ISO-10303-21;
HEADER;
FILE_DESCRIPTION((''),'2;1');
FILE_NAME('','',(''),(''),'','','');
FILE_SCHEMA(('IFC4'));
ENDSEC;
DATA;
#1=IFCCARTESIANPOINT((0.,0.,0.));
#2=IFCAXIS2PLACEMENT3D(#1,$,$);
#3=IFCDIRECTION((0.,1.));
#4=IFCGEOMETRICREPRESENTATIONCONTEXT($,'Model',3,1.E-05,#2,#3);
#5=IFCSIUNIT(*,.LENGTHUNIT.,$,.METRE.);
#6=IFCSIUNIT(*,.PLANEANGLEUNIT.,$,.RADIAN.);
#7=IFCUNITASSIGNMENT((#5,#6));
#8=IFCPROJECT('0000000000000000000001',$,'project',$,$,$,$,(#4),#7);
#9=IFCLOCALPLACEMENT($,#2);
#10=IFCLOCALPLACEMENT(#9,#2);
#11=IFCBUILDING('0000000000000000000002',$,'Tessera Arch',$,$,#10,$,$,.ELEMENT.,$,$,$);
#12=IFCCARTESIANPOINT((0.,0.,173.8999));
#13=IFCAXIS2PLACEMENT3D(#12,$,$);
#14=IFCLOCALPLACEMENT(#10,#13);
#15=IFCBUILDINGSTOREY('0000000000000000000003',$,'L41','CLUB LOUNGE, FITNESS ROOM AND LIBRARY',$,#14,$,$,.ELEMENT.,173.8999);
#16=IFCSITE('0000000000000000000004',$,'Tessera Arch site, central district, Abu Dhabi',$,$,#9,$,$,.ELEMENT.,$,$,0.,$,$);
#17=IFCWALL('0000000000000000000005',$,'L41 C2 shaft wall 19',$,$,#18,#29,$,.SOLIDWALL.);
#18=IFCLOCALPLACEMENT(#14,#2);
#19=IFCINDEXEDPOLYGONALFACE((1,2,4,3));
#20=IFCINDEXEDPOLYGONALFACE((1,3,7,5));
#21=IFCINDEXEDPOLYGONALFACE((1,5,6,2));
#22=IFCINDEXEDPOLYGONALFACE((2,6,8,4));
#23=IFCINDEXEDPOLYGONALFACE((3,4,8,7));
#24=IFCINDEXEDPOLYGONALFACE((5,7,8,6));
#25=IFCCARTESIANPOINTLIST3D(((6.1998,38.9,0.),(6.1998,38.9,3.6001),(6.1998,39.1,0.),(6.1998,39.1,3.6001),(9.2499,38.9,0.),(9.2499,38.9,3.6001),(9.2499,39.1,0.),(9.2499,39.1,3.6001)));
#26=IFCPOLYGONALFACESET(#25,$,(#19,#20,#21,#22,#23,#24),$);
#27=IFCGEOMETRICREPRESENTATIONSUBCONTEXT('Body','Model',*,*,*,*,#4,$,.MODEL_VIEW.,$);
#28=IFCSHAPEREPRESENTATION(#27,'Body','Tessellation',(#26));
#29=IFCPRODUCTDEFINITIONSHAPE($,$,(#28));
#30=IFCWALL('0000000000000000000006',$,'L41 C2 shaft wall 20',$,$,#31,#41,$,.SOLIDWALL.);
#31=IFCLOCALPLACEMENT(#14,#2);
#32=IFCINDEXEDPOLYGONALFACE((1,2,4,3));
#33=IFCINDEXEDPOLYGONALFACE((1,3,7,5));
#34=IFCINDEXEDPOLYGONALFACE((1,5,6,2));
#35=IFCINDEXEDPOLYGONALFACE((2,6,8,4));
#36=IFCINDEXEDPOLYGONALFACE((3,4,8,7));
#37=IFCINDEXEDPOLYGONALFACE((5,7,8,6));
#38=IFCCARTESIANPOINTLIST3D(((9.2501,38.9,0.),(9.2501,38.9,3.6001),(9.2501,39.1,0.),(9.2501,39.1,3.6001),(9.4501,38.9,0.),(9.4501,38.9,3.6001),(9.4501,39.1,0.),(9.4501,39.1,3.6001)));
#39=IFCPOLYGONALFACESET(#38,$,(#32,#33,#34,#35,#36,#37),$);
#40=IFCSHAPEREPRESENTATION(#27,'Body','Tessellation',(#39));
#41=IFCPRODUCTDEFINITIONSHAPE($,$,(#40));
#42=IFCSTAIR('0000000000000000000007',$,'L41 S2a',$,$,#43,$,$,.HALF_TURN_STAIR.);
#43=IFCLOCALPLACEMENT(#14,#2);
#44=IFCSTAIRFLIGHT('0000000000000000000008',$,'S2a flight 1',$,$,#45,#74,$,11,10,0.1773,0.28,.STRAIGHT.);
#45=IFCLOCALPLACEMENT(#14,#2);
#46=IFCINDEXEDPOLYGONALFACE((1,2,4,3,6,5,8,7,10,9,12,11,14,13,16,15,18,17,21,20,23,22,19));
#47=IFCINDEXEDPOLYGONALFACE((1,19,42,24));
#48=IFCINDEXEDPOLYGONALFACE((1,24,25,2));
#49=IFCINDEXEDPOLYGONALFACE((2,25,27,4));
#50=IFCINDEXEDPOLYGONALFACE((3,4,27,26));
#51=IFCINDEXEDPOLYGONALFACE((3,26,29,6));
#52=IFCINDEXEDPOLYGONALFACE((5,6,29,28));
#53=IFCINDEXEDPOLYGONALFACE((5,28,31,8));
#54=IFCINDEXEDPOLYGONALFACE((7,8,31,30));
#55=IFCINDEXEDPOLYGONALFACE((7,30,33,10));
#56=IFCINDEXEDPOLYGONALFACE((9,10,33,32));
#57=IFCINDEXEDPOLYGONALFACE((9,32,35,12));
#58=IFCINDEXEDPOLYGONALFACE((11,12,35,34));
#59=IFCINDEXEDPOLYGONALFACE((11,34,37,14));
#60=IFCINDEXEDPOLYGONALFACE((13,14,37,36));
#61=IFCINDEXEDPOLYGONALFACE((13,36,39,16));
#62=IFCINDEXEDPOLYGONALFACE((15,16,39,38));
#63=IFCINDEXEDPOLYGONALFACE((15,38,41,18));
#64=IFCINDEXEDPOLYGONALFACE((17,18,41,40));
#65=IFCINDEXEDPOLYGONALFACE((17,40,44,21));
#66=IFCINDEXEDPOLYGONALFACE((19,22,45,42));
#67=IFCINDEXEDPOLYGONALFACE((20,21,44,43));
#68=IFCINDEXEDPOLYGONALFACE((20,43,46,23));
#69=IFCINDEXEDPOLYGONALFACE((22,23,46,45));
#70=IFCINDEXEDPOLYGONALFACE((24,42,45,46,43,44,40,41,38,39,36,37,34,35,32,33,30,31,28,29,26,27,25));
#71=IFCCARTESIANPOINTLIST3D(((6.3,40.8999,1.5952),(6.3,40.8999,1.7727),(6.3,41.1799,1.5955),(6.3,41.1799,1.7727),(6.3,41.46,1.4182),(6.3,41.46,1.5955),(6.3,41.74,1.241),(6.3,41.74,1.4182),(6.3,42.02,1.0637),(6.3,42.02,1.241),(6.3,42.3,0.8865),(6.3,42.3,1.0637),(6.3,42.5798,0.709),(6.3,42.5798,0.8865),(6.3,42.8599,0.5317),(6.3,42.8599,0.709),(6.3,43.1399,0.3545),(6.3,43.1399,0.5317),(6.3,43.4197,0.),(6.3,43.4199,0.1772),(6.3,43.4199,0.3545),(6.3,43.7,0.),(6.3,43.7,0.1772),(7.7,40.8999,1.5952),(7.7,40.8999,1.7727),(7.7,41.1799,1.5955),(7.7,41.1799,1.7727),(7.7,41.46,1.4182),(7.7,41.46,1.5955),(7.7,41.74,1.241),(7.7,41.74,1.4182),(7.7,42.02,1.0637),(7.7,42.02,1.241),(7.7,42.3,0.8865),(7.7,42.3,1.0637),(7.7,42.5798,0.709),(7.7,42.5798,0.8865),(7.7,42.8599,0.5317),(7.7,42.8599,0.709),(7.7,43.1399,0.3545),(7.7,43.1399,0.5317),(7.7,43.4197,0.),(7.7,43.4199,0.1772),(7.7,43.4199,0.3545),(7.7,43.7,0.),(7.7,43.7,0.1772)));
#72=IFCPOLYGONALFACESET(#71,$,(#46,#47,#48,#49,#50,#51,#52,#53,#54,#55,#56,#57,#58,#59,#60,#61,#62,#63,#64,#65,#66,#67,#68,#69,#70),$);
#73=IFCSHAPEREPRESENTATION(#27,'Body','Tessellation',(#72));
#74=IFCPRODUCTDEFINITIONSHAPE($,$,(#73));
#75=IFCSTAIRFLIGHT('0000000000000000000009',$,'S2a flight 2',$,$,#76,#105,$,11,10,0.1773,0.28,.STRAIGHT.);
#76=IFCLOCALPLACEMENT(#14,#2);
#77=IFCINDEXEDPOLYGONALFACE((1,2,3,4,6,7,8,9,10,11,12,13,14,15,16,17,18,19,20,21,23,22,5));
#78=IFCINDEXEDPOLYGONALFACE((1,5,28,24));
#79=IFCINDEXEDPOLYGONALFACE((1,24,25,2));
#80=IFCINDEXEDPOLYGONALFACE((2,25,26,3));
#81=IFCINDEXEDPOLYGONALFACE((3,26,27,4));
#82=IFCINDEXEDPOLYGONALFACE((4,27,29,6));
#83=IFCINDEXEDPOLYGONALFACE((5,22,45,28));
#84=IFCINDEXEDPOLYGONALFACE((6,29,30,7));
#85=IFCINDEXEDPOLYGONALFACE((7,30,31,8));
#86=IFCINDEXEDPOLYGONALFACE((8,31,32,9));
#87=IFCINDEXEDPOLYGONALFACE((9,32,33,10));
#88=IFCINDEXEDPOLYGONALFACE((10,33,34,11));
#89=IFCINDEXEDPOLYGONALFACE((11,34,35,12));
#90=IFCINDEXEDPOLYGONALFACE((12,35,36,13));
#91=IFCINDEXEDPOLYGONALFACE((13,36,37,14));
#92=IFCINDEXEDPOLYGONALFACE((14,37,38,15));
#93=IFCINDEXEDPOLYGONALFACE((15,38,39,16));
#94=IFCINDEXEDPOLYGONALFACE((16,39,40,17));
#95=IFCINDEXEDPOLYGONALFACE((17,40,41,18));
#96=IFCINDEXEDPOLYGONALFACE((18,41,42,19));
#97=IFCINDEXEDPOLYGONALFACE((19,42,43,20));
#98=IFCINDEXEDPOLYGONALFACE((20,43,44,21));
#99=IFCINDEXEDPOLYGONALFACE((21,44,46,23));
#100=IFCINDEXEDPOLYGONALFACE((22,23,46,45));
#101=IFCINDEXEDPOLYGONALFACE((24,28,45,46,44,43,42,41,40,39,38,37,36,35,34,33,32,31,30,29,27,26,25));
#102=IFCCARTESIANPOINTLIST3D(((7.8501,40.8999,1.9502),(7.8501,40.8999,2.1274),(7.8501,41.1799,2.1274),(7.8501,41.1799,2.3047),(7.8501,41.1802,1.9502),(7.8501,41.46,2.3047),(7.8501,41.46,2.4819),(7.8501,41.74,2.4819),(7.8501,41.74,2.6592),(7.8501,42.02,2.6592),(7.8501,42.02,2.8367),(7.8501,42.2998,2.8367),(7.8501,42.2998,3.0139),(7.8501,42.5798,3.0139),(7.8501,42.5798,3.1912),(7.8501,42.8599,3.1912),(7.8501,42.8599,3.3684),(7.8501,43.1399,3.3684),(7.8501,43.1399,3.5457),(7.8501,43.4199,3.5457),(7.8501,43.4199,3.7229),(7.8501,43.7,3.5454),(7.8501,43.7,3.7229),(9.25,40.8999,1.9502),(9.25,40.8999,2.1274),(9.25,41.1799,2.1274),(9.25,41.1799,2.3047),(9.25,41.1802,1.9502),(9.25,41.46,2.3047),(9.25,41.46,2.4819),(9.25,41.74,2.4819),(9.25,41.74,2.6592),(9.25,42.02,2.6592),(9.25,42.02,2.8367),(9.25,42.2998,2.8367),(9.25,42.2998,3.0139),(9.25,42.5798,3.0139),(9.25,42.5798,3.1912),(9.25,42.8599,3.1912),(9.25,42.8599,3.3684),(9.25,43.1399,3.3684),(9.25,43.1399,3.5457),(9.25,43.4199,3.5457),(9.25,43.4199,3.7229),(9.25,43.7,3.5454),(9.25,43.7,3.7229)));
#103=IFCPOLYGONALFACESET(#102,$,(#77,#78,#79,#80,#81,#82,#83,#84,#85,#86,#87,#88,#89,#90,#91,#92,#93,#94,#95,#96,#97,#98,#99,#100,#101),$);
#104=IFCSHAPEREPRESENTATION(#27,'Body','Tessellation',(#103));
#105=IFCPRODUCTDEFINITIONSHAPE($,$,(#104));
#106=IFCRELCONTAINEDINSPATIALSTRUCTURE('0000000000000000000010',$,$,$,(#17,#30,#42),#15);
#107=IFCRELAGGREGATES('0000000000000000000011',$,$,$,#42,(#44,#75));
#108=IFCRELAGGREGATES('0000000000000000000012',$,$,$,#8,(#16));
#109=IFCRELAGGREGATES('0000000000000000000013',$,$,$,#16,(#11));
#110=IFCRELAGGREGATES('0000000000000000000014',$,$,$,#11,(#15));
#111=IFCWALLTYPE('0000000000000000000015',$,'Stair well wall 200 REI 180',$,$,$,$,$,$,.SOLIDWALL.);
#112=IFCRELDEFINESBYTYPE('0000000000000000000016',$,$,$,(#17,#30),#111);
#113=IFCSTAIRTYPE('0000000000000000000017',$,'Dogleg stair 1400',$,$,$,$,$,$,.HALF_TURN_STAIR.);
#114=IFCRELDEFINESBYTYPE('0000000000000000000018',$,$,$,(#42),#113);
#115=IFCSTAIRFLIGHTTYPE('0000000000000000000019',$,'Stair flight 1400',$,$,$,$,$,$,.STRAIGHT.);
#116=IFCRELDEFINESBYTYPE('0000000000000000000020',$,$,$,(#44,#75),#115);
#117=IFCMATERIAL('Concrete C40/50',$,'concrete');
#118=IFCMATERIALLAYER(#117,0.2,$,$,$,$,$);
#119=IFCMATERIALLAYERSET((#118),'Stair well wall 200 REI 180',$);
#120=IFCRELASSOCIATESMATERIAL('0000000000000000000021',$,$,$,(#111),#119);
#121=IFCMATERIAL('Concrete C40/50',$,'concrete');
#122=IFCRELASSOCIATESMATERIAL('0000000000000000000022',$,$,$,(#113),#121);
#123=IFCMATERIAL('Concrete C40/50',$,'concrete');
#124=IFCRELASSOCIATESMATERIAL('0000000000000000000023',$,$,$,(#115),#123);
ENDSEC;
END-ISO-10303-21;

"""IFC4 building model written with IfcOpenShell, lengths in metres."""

from ifc_helpers import new_model, si_unit, direction, frame, frame_2d, origin, place, context, subcontext, project, spatial, polyline, rectangle, outline, extrude, material, layer, layer_set, type_object, element, aggregate, save


model = new_model("IFC4")

# Units and contexts
model_context = context("Model", 3, precision=1e-05, world=origin(), true_north=direction((0.0, 1.0)))
body_context = subcontext(model_context, "Body", "Model", "MODEL_VIEW")
ifc_project = project(units=[si_unit("LENGTHUNIT", "METRE"), si_unit("PLANEANGLEUNIT", "RADIAN")], contexts=[model_context])

# Site, building, storey
site_placement = place(None, origin())
site = spatial("IfcSite", under=ifc_project, at=site_placement, Name="Tessera Arch site, central district, Abu Dhabi", CompositionType="ELEMENT", RefElevation=0.0)
building_placement = place(site_placement, origin())
building = spatial("IfcBuilding", under=site, at=building_placement, Name="Tessera Arch", CompositionType="ELEMENT")
storey_placement = place(building_placement, frame((0.0, 0.0, 173.8999)))
storey = spatial("IfcBuildingStorey", under=building, at=storey_placement, Name="L41", Description="CLUB LOUNGE, FITNESS ROOM AND LIBRARY", CompositionType="ELEMENT", Elevation=173.8999)

# Walls
ifc_material_1 = material(Name="Concrete C40/50", Category="concrete")
ifc_layer_1 = layer(ifc_material_1, 0.2)
ifc_layer_set_1 = layer_set([ifc_layer_1], Name="Stair well wall 200 REI 180")
wall_type_1 = type_object("IfcWallType", Name="Stair well wall 200 REI 180", PredefinedType="SOLIDWALL", material=ifc_layer_set_1)
wall_1_placement = place(storey_placement, frame((6.2, 39.0, 0.0), z_axis=(0.0, 0.0, 1.0), x_axis=(1.0, 0.0, 0.0)))
element("IfcWall", 1, at=wall_1_placement, inside=storey, type_object=wall_type_1, Name="L41 C2 shaft wall 19", PredefinedType="SOLIDWALL", context=body_context, shape_type="SweptSolid", body=[
    extrude(rectangle(XDim=3.05, YDim=0.2, at=frame_2d((1.5249, 0.0))), origin(), (0.0, 0.0, 1.0), 3.6001),
])
wall_2_placement = place(storey_placement, frame((9.25, 39.0, 0.0), z_axis=(0.0, 0.0, 1.0), x_axis=(1.0, 0.0, 0.0)))
element("IfcWall", 2, at=wall_2_placement, inside=storey, type_object=wall_type_1, Name="L41 C2 shaft wall 20", PredefinedType="SOLIDWALL", context=body_context, shape_type="SweptSolid", body=[
    extrude(rectangle(XDim=0.2, YDim=0.2, at=frame_2d((0.1001, 0.0))), origin(), (0.0, 0.0, 1.0), 3.6001),
])

# Stair, stair flights
ifc_material_2 = material(Name="Concrete C40/50", Category="concrete")
stair_type = type_object("IfcStairType", Name="Dogleg stair 1400", PredefinedType="HALF_TURN_STAIR", material=ifc_material_2)
stair_placement = place(storey_placement, origin())
stair = element("IfcStair", 3, at=stair_placement, inside=storey, type_object=stair_type, Name="L41 S2a", PredefinedType="HALF_TURN_STAIR")
ifc_material_3 = material(Name="Concrete C40/50", Category="concrete")
stair_flight_type = type_object("IfcStairFlightType", Name="Stair flight 1400", PredefinedType="STRAIGHT", material=ifc_material_3)
stair_flight_1_placement = place(storey_placement, frame((7.0, 43.7, 0.0), z_axis=(0.0, 0.0, 1.0), x_axis=(0.0, -1.0, 0.0)))
stair_flight_1 = element("IfcStairFlight", 4, at=stair_flight_1_placement, type_object=stair_flight_type, Name="S2a flight 1", NumberOfRisers=11, NumberOfTreads=10, PredefinedType="STRAIGHT", RiserHeight=0.1773, TreadLength=0.28, context=body_context, shape_type="SweptSolid", body=[
    extrude(outline(polyline([(0.0, 0.0), (0.0, 0.1772), (0.28, 0.1772), (0.28, 0.3545), (0.5601, 0.3545), (0.5601, 0.5317), (0.8401, 0.5317), (0.8401, 0.709), (1.1201, 0.709), (1.1201, 0.8865), (1.3999, 0.8865), (1.3999, 1.0637), (1.6799, 1.0637), (1.6799, 1.241), (1.96, 1.241), (1.96, 1.4182), (2.24, 1.4182), (2.24, 1.5955), (2.52, 1.5955), (2.52, 1.7727), (2.8, 1.7727), (2.8, 1.95), (2.8, 1.5952), (0.2803, 0.0), (0.0, 0.0)])), frame((0.0, 0.7, 0.0), z_axis=(0.0, -1.0, 0.0), x_axis=(1.0, 0.0, 0.0)), (0.0, 0.0, 1.0), 1.3999),
])
stair_flight_2_placement = place(storey_placement, frame((8.55, 40.8999, 1.9502), z_axis=(0.0, 0.0, 1.0), x_axis=(0.0, 1.0, 0.0)))
stair_flight_2 = element("IfcStairFlight", 5, at=stair_flight_2_placement, type_object=stair_flight_type, Name="S2a flight 2", NumberOfRisers=11, NumberOfTreads=10, PredefinedType="STRAIGHT", RiserHeight=0.1773, TreadLength=0.28, context=body_context, shape_type="SweptSolid", body=[
    extrude(outline(polyline([(0.0, 0.0), (0.0, 0.1772), (0.28, 0.1772), (0.28, 0.3545), (0.5601, 0.3545), (0.5601, 0.5317), (0.8401, 0.5317), (0.8401, 0.709), (1.1201, 0.709), (1.1201, 0.8865), (1.3999, 0.8865), (1.3999, 1.0637), (1.6799, 1.0637), (1.6799, 1.241), (1.96, 1.241), (1.96, 1.4182), (2.24, 1.4182), (2.24, 1.5955), (2.52, 1.5955), (2.52, 1.7727), (2.8, 1.7727), (2.8, 1.95), (2.8, 1.5952), (0.2803, 0.0), (0.0, 0.0)])), frame((0.0, 0.7, 0.0), z_axis=(0.0, -1.0, 0.0), x_axis=(1.0, 0.0, 0.0)), (0.0, 0.0, 1.0), 1.3999),
])
aggregate(stair, [stair_flight_1, stair_flight_2])

save(model, "model.ifc")
